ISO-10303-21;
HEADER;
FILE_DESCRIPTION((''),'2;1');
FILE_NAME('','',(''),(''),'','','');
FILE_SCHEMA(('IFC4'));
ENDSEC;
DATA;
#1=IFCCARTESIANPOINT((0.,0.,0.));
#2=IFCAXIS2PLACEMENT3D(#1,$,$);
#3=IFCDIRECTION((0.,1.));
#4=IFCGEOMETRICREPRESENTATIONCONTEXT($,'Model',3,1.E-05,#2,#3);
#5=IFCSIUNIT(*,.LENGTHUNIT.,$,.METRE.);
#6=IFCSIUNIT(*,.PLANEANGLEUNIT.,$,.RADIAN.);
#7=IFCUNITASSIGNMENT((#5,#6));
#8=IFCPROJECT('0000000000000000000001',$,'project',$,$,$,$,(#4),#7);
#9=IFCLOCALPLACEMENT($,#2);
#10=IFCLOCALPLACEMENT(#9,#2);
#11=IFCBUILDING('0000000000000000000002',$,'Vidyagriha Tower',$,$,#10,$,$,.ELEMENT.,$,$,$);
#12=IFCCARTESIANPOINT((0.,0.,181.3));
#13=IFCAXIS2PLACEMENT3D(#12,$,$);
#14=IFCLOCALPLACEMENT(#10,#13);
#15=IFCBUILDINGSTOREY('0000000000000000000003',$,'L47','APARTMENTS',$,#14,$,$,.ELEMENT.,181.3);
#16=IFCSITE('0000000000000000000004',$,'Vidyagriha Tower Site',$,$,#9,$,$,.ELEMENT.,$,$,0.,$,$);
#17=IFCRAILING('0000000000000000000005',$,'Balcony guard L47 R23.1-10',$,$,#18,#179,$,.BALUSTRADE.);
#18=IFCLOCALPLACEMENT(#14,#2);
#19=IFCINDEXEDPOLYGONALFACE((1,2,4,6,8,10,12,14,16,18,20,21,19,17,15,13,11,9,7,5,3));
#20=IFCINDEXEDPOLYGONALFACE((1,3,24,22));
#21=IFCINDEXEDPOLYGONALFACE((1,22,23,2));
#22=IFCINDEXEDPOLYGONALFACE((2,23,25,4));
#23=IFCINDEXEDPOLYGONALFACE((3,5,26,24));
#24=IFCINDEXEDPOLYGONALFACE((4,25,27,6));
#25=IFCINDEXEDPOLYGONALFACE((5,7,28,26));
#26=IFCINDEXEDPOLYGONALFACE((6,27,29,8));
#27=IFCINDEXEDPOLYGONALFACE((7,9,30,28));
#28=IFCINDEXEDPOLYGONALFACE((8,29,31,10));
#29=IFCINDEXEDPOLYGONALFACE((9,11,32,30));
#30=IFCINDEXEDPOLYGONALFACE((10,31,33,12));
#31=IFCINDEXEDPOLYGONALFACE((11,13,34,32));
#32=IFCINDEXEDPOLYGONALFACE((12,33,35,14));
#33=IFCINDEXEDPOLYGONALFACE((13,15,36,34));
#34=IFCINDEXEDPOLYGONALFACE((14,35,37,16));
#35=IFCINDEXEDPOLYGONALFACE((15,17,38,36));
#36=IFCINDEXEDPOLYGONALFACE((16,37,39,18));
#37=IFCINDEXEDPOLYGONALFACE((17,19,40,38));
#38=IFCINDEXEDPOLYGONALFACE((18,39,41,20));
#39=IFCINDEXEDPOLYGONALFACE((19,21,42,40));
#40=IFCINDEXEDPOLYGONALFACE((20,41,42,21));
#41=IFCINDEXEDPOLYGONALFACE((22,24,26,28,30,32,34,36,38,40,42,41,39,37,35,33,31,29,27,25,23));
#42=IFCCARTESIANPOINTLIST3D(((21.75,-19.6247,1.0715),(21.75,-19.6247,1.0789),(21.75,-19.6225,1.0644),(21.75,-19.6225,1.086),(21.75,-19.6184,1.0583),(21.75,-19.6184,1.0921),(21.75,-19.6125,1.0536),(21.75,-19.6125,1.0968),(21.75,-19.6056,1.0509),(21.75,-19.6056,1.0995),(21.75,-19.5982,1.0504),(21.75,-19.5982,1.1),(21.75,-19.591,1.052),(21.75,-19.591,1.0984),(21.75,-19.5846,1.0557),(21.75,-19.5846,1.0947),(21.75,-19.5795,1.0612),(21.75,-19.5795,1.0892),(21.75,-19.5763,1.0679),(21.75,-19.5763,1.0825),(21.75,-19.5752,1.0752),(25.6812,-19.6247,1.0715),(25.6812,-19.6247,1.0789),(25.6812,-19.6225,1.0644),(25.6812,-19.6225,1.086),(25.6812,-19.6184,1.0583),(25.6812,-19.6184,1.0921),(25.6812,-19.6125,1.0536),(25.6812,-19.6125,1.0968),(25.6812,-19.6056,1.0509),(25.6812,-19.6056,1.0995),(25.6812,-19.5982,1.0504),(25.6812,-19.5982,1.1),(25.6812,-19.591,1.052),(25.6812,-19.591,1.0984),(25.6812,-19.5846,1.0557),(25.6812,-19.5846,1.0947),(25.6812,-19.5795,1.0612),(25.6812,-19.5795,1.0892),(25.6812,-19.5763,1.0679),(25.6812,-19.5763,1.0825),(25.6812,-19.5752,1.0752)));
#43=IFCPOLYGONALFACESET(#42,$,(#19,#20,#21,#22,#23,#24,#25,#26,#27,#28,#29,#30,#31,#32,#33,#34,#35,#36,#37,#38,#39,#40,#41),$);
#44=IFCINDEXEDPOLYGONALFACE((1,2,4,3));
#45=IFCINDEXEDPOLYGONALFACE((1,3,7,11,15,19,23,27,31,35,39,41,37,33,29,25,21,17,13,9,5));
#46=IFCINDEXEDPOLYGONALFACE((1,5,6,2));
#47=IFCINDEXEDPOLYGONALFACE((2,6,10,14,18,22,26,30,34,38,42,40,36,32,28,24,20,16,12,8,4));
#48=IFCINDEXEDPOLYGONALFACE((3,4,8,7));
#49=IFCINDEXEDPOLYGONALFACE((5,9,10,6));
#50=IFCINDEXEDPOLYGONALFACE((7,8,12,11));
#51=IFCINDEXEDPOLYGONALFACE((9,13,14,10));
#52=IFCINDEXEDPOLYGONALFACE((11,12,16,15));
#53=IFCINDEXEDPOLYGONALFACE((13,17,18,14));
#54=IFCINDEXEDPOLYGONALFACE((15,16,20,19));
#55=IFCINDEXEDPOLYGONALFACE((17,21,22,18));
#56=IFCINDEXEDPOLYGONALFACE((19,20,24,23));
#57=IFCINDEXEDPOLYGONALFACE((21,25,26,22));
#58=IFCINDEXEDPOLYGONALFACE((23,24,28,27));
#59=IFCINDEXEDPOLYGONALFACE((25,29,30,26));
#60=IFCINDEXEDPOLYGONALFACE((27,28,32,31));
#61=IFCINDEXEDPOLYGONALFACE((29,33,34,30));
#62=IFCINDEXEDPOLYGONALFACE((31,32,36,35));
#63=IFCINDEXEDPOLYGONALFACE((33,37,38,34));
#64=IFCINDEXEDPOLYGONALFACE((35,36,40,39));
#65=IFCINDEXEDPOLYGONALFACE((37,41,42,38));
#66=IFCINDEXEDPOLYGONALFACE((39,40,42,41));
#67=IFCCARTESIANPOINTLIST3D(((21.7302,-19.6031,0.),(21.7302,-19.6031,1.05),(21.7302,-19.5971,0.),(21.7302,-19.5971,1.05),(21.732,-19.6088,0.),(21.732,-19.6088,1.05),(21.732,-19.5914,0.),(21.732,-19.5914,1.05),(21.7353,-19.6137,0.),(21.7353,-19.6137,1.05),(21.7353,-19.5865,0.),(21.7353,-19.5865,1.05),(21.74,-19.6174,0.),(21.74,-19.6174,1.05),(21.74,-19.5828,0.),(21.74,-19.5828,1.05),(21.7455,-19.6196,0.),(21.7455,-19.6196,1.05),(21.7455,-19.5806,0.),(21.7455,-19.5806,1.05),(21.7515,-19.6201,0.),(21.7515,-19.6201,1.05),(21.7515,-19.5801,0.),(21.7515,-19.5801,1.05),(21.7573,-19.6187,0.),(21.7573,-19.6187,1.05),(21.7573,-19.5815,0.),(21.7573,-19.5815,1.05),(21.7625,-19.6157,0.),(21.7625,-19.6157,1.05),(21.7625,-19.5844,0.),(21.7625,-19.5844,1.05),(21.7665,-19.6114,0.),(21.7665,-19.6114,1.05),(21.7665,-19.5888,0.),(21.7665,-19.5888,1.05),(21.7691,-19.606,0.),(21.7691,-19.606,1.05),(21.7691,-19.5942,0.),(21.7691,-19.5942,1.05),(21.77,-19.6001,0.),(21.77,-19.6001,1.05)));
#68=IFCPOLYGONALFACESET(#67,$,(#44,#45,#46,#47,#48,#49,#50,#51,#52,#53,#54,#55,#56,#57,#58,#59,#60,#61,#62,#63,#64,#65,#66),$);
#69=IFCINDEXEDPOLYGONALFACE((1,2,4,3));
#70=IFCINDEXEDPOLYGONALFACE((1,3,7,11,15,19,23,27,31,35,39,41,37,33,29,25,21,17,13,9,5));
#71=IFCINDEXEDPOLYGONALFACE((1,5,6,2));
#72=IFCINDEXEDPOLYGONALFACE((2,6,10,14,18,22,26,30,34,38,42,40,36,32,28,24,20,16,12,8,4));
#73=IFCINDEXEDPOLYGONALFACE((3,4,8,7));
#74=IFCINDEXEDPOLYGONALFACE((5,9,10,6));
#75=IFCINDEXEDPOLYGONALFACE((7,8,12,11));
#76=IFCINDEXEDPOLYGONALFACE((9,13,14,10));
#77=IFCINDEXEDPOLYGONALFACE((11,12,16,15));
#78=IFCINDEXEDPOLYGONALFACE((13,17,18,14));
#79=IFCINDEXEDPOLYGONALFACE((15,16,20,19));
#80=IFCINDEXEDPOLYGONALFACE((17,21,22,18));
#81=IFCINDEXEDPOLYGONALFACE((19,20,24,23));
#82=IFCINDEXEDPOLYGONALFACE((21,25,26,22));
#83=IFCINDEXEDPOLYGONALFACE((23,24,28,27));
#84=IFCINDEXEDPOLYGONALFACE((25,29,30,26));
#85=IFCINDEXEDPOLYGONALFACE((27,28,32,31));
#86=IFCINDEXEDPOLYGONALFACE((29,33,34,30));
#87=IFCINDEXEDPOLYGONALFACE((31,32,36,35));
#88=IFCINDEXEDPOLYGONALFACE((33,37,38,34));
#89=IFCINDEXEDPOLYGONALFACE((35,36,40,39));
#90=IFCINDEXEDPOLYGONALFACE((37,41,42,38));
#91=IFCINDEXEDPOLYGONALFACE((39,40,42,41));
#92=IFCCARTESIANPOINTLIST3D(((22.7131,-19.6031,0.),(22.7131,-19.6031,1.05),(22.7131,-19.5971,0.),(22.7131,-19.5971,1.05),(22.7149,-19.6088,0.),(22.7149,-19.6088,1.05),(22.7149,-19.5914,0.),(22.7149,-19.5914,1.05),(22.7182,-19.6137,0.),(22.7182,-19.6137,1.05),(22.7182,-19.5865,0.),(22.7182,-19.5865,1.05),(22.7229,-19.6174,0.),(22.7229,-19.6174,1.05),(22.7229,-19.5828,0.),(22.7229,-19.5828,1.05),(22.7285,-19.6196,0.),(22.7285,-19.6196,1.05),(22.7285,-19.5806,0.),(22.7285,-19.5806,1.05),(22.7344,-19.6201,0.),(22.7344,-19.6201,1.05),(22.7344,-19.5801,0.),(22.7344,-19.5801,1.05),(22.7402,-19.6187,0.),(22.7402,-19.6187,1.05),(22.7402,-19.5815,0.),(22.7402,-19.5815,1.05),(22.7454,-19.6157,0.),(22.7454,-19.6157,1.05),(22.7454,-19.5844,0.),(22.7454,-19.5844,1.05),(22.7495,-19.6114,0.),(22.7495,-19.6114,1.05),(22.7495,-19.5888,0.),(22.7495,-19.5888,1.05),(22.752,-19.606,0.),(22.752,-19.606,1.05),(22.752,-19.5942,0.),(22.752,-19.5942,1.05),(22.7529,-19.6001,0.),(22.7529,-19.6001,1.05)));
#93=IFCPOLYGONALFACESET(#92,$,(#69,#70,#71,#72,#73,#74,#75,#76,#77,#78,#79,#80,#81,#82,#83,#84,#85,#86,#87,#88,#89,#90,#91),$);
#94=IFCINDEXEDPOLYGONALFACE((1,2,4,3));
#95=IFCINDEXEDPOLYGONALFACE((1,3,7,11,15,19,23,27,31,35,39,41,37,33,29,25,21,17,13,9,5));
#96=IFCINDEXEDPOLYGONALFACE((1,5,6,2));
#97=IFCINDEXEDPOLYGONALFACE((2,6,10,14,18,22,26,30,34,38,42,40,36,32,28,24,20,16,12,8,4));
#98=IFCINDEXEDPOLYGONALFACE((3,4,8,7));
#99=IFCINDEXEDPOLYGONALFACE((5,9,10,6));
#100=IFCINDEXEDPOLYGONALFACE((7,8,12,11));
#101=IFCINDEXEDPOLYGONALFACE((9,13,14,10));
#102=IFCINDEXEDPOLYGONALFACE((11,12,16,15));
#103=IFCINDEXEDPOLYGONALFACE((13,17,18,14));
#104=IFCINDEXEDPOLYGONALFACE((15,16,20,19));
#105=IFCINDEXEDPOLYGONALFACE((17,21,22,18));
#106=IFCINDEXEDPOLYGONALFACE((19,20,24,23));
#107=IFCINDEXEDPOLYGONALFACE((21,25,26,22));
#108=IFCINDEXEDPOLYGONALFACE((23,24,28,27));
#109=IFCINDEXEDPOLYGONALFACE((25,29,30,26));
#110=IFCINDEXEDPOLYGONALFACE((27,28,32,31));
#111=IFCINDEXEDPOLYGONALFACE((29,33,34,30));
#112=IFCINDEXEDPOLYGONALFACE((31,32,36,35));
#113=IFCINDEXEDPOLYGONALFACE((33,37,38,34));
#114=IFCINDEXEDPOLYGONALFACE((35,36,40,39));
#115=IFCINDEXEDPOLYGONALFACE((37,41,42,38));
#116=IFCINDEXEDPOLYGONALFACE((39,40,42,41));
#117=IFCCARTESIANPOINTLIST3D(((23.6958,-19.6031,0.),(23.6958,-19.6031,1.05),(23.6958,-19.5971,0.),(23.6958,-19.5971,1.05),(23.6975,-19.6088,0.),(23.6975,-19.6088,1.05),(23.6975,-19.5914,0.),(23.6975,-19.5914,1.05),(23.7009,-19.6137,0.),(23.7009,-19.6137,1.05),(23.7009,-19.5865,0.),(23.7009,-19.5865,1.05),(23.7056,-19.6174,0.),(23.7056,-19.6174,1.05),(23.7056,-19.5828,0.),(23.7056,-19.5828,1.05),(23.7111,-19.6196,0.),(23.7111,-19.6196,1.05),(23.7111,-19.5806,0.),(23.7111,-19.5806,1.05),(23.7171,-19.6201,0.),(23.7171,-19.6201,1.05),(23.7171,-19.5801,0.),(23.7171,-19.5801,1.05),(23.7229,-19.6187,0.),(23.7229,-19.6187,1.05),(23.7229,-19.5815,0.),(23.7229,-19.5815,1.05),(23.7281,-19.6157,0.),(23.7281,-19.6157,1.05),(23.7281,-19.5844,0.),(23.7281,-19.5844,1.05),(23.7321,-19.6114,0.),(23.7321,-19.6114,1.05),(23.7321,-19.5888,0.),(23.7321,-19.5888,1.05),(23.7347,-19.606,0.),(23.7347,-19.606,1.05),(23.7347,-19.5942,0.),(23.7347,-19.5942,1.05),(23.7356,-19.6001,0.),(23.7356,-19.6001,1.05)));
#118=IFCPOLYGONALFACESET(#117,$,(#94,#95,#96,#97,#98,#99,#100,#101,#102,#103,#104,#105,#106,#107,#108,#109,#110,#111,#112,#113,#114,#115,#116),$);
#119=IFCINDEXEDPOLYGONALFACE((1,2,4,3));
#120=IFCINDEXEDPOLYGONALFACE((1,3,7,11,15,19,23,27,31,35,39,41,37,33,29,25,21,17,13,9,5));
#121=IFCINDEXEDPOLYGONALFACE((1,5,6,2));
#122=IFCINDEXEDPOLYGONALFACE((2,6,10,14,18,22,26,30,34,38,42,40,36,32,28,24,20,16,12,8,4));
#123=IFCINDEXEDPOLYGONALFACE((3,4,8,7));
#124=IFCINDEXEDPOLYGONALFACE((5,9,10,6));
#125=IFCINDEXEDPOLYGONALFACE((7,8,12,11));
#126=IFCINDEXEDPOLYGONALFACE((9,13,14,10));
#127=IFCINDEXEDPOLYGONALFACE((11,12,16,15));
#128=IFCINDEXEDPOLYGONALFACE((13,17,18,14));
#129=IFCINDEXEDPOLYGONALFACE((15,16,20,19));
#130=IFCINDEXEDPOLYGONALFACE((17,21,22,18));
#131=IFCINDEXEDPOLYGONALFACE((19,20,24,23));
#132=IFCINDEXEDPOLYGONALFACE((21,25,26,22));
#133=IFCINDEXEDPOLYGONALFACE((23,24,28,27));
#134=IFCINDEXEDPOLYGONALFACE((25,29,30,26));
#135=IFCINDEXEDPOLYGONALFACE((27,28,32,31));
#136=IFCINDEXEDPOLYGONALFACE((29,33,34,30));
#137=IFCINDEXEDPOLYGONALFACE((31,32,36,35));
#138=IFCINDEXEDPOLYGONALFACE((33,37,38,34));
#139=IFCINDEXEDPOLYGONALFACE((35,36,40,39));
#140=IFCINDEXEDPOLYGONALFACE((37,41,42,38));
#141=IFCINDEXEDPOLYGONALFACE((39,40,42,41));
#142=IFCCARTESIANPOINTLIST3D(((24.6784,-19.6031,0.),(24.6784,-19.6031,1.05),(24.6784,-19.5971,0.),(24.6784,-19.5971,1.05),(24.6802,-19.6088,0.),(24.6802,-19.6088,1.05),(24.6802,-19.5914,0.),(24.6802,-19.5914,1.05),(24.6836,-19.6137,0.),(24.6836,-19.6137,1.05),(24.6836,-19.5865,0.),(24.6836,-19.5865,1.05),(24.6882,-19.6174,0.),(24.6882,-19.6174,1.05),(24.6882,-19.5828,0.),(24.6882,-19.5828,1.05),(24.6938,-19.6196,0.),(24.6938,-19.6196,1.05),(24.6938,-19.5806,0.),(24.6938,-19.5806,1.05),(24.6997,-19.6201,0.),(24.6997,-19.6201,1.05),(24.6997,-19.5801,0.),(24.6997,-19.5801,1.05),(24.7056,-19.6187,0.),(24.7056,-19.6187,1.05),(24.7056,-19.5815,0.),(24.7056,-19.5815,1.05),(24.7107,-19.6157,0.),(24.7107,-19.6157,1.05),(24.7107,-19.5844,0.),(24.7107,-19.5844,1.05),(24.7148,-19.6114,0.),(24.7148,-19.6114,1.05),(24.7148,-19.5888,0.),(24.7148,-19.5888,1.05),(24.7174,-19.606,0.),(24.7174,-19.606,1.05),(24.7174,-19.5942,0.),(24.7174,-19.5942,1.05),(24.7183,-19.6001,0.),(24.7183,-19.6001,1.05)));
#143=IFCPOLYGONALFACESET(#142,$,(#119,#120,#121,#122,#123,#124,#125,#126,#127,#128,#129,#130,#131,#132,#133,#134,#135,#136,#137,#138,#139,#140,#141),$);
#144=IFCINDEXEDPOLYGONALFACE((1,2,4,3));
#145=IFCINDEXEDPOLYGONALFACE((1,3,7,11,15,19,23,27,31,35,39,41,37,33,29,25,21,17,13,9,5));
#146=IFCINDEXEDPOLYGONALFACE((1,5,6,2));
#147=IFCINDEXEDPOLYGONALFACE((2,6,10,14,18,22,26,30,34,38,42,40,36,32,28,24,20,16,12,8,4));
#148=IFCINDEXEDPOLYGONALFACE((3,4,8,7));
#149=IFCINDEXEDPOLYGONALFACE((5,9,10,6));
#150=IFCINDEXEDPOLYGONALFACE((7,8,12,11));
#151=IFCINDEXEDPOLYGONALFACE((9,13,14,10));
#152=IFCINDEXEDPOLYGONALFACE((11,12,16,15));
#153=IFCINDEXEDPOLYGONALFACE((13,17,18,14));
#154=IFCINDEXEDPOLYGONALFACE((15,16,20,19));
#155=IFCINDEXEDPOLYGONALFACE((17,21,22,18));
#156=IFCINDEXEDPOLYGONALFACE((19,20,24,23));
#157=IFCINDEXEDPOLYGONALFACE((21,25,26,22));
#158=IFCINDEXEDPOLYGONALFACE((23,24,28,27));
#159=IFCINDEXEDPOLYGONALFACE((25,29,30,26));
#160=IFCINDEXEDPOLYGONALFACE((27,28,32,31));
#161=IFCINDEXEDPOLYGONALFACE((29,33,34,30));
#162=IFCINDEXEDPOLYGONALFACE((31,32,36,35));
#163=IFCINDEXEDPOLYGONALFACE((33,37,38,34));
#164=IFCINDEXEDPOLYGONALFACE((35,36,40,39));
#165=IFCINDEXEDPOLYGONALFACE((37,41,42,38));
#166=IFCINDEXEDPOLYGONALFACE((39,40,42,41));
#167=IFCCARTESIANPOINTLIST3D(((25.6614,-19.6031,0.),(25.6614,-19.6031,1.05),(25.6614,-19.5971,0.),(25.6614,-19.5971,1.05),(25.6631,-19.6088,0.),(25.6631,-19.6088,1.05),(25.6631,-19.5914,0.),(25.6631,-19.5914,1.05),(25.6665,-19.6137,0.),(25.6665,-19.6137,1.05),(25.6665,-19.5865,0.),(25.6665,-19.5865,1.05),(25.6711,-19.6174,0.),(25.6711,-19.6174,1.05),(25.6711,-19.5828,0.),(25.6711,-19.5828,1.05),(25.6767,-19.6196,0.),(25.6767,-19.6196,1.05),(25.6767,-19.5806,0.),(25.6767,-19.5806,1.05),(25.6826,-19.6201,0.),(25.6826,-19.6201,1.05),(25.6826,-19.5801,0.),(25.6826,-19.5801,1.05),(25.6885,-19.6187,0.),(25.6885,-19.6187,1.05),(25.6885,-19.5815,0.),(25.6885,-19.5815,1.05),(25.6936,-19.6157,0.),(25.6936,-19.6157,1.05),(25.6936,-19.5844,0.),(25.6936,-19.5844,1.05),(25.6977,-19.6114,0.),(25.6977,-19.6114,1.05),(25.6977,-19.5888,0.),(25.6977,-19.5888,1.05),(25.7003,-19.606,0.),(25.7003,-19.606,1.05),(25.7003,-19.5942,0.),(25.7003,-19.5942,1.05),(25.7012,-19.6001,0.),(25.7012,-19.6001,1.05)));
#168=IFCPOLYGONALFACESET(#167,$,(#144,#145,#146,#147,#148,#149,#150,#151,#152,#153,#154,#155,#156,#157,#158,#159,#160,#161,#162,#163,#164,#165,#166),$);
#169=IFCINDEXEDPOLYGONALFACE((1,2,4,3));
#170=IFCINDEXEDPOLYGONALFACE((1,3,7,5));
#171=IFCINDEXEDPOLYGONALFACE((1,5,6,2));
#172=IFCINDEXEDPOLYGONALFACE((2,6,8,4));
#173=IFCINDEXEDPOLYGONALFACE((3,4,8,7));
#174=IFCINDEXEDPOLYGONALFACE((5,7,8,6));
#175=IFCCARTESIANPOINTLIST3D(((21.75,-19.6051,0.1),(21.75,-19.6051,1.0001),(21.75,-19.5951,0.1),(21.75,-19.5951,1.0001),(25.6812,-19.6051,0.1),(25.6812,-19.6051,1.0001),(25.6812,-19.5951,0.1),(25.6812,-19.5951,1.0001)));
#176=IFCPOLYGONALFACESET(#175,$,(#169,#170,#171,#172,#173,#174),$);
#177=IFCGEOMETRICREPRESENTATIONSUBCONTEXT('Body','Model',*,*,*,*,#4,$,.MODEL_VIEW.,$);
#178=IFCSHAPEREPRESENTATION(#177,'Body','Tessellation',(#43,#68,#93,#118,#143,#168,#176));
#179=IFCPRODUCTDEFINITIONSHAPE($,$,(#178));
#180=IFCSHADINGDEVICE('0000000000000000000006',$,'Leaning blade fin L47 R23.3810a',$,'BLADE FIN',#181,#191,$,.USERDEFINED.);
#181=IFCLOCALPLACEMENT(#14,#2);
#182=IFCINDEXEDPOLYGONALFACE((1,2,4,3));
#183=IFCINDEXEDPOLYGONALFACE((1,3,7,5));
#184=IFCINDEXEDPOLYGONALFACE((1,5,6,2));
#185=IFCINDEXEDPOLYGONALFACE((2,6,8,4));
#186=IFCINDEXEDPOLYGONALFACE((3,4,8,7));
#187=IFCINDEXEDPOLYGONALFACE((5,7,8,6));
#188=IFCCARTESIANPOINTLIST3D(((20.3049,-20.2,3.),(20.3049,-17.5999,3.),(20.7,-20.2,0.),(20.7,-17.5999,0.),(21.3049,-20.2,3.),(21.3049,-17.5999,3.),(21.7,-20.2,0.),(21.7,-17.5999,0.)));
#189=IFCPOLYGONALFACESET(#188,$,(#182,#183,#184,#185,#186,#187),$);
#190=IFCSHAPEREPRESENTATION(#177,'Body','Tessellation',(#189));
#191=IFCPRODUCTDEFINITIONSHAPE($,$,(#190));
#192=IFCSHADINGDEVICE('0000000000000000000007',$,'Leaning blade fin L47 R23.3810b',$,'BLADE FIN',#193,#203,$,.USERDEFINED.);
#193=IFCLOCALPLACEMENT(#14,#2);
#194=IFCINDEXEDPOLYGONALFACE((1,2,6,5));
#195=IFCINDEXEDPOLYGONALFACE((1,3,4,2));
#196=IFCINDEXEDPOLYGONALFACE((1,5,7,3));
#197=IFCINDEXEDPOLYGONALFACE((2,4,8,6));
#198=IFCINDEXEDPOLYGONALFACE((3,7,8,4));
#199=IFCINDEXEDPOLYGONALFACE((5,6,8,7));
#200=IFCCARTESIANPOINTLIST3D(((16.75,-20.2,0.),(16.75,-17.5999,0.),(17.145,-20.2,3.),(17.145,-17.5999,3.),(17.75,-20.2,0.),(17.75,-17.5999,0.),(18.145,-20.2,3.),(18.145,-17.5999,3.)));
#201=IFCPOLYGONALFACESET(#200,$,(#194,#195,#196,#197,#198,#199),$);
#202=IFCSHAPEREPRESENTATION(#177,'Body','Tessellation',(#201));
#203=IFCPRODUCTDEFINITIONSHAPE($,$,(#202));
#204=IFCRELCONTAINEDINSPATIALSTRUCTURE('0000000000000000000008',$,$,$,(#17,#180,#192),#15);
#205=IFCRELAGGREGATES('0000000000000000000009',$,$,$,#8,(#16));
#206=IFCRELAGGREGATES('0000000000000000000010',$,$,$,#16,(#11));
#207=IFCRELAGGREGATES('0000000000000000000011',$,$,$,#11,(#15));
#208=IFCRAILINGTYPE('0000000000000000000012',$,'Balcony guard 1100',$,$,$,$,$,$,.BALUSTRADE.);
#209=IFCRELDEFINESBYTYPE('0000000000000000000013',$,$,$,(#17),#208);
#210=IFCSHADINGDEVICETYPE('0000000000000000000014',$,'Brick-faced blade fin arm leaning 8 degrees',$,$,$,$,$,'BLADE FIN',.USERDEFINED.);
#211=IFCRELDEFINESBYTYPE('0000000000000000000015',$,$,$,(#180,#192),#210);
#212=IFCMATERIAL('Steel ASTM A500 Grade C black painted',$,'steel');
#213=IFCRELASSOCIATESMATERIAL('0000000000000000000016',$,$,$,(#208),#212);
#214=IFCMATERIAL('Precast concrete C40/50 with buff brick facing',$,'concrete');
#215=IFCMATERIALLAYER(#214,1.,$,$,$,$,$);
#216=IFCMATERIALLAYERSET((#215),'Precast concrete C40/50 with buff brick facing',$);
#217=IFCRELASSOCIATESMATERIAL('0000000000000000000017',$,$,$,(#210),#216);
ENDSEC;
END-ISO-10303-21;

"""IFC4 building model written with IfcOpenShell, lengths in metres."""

from ifc_helpers import new_model, si_unit, direction, frame, origin, origin_2d, place, context, subcontext, project, spatial, polyline, rectangle, circle, outline, extrude, material, layer, layer_set, type_object, element, save


model = new_model("IFC4")

# Units and contexts
model_context = context("Model", 3, precision=1e-05, world=origin(), true_north=direction((0.0, 1.0)))
body_context = subcontext(model_context, "Body", "Model", "MODEL_VIEW")
ifc_project = project(units=[si_unit("LENGTHUNIT", "METRE"), si_unit("PLANEANGLEUNIT", "RADIAN")], contexts=[model_context])

# Site, building, storey
site_placement = place(None, origin())
site = spatial("IfcSite", under=ifc_project, at=site_placement, Name="Vidyagriha Tower Site", CompositionType="ELEMENT", RefElevation=0.0)
building_placement = place(site_placement, origin())
building = spatial("IfcBuilding", under=site, at=building_placement, Name="Vidyagriha Tower", CompositionType="ELEMENT")
storey_placement = place(building_placement, frame((0.0, 0.0, 181.3)))
storey = spatial("IfcBuildingStorey", under=building, at=storey_placement, Name="L47", Description="APARTMENTS", CompositionType="ELEMENT", Elevation=181.3)

# Railing
ifc_material_1 = material(Name="Steel ASTM A500 Grade C black painted", Category="steel")
railing_type = type_object("IfcRailingType", Name="Balcony guard 1100", PredefinedType="BALUSTRADE", material=ifc_material_1)
railing_1_placement = place(storey_placement, frame((21.75, -19.6001, 0.0)))
element("IfcRailing", 1, at=railing_1_placement, inside=storey, type_object=railing_type, Name="Balcony guard L47 R23.1-10", PredefinedType="BALUSTRADE", context=body_context, shape_type="SweptSolid", body=[
    extrude(circle(Radius=0.0249, at=origin_2d()), frame((0.0, 0.0, 1.0752), z_axis=(1.0, 0.0, 0.0), x_axis=(0.0, 1.0, 0.0)), (0.0, 0.0, 1.0), 3.9312),
    extrude(circle(Radius=0.02, at=origin_2d()), origin(), (0.0, 0.0, 1.0), 1.05),
    extrude(circle(Radius=0.02, at=origin_2d()), frame((0.9829, 0.0, 0.0)), (0.0, 0.0, 1.0), 1.05),
    extrude(circle(Radius=0.02, at=origin_2d()), frame((1.9656, 0.0, 0.0)), (0.0, 0.0, 1.0), 1.05),
    extrude(circle(Radius=0.02, at=origin_2d()), frame((2.9482, 0.0, 0.0)), (0.0, 0.0, 1.0), 1.05),
    extrude(circle(Radius=0.02, at=origin_2d()), frame((3.9312, 0.0, 0.0)), (0.0, 0.0, 1.0), 1.05),
    extrude(rectangle(XDim=0.01, YDim=0.9001, at=origin_2d()), frame((0.0, 0.0, 0.55), z_axis=(1.0, 0.0, 0.0), x_axis=(0.0, 1.0, 0.0)), (0.0, 0.0, 1.0), 3.9312),
])

# Shading devices
ifc_material_2 = material(Name="Precast concrete C40/50 with buff brick facing", Category="concrete")
ifc_layer_1 = layer(ifc_material_2, 1.0)
ifc_layer_set_1 = layer_set([ifc_layer_1], Name="Precast concrete C40/50 with buff brick facing")
shading_device_type_1 = type_object("IfcShadingDeviceType", Name="Brick-faced blade fin arm leaning 8 degrees", ElementType="BLADE FIN", PredefinedType="USERDEFINED", material=ifc_layer_set_1)
shading_device_1_placement = place(storey_placement, frame((20.3049, -18.8999, 0.0)))
element("IfcShadingDevice", 2, at=shading_device_1_placement, inside=storey, type_object=shading_device_type_1, Name="Leaning blade fin L47 R23.3810a", ObjectType="BLADE FIN", PredefinedType="USERDEFINED", context=body_context, shape_type="SweptSolid", body=[
    extrude(outline(polyline([(0.395, 0.0), (1.395, 0.0), (1.0, 3.0), (0.0, 3.0), (0.395, 0.0)])), frame((0.0, 1.3, 0.0), z_axis=(0.0, -1.0, 0.0), x_axis=(1.0, 0.0, 0.0)), (0.0, 0.0, 1.0), 2.6001),
])
shading_device_2_placement = place(storey_placement, frame((16.75, -18.8999, 0.0)))
element("IfcShadingDevice", 3, at=shading_device_2_placement, inside=storey, type_object=shading_device_type_1, Name="Leaning blade fin L47 R23.3810b", ObjectType="BLADE FIN", PredefinedType="USERDEFINED", context=body_context, shape_type="SweptSolid", body=[
    extrude(outline(polyline([(0.0, 0.0), (1.0, 0.0), (1.395, 3.0), (0.395, 3.0), (0.0, 0.0)])), frame((0.0, 1.3, 0.0), z_axis=(0.0, -1.0, 0.0), x_axis=(1.0, 0.0, 0.0)), (0.0, 0.0, 1.0), 2.6001),
])

save(model, "model.ifc")
